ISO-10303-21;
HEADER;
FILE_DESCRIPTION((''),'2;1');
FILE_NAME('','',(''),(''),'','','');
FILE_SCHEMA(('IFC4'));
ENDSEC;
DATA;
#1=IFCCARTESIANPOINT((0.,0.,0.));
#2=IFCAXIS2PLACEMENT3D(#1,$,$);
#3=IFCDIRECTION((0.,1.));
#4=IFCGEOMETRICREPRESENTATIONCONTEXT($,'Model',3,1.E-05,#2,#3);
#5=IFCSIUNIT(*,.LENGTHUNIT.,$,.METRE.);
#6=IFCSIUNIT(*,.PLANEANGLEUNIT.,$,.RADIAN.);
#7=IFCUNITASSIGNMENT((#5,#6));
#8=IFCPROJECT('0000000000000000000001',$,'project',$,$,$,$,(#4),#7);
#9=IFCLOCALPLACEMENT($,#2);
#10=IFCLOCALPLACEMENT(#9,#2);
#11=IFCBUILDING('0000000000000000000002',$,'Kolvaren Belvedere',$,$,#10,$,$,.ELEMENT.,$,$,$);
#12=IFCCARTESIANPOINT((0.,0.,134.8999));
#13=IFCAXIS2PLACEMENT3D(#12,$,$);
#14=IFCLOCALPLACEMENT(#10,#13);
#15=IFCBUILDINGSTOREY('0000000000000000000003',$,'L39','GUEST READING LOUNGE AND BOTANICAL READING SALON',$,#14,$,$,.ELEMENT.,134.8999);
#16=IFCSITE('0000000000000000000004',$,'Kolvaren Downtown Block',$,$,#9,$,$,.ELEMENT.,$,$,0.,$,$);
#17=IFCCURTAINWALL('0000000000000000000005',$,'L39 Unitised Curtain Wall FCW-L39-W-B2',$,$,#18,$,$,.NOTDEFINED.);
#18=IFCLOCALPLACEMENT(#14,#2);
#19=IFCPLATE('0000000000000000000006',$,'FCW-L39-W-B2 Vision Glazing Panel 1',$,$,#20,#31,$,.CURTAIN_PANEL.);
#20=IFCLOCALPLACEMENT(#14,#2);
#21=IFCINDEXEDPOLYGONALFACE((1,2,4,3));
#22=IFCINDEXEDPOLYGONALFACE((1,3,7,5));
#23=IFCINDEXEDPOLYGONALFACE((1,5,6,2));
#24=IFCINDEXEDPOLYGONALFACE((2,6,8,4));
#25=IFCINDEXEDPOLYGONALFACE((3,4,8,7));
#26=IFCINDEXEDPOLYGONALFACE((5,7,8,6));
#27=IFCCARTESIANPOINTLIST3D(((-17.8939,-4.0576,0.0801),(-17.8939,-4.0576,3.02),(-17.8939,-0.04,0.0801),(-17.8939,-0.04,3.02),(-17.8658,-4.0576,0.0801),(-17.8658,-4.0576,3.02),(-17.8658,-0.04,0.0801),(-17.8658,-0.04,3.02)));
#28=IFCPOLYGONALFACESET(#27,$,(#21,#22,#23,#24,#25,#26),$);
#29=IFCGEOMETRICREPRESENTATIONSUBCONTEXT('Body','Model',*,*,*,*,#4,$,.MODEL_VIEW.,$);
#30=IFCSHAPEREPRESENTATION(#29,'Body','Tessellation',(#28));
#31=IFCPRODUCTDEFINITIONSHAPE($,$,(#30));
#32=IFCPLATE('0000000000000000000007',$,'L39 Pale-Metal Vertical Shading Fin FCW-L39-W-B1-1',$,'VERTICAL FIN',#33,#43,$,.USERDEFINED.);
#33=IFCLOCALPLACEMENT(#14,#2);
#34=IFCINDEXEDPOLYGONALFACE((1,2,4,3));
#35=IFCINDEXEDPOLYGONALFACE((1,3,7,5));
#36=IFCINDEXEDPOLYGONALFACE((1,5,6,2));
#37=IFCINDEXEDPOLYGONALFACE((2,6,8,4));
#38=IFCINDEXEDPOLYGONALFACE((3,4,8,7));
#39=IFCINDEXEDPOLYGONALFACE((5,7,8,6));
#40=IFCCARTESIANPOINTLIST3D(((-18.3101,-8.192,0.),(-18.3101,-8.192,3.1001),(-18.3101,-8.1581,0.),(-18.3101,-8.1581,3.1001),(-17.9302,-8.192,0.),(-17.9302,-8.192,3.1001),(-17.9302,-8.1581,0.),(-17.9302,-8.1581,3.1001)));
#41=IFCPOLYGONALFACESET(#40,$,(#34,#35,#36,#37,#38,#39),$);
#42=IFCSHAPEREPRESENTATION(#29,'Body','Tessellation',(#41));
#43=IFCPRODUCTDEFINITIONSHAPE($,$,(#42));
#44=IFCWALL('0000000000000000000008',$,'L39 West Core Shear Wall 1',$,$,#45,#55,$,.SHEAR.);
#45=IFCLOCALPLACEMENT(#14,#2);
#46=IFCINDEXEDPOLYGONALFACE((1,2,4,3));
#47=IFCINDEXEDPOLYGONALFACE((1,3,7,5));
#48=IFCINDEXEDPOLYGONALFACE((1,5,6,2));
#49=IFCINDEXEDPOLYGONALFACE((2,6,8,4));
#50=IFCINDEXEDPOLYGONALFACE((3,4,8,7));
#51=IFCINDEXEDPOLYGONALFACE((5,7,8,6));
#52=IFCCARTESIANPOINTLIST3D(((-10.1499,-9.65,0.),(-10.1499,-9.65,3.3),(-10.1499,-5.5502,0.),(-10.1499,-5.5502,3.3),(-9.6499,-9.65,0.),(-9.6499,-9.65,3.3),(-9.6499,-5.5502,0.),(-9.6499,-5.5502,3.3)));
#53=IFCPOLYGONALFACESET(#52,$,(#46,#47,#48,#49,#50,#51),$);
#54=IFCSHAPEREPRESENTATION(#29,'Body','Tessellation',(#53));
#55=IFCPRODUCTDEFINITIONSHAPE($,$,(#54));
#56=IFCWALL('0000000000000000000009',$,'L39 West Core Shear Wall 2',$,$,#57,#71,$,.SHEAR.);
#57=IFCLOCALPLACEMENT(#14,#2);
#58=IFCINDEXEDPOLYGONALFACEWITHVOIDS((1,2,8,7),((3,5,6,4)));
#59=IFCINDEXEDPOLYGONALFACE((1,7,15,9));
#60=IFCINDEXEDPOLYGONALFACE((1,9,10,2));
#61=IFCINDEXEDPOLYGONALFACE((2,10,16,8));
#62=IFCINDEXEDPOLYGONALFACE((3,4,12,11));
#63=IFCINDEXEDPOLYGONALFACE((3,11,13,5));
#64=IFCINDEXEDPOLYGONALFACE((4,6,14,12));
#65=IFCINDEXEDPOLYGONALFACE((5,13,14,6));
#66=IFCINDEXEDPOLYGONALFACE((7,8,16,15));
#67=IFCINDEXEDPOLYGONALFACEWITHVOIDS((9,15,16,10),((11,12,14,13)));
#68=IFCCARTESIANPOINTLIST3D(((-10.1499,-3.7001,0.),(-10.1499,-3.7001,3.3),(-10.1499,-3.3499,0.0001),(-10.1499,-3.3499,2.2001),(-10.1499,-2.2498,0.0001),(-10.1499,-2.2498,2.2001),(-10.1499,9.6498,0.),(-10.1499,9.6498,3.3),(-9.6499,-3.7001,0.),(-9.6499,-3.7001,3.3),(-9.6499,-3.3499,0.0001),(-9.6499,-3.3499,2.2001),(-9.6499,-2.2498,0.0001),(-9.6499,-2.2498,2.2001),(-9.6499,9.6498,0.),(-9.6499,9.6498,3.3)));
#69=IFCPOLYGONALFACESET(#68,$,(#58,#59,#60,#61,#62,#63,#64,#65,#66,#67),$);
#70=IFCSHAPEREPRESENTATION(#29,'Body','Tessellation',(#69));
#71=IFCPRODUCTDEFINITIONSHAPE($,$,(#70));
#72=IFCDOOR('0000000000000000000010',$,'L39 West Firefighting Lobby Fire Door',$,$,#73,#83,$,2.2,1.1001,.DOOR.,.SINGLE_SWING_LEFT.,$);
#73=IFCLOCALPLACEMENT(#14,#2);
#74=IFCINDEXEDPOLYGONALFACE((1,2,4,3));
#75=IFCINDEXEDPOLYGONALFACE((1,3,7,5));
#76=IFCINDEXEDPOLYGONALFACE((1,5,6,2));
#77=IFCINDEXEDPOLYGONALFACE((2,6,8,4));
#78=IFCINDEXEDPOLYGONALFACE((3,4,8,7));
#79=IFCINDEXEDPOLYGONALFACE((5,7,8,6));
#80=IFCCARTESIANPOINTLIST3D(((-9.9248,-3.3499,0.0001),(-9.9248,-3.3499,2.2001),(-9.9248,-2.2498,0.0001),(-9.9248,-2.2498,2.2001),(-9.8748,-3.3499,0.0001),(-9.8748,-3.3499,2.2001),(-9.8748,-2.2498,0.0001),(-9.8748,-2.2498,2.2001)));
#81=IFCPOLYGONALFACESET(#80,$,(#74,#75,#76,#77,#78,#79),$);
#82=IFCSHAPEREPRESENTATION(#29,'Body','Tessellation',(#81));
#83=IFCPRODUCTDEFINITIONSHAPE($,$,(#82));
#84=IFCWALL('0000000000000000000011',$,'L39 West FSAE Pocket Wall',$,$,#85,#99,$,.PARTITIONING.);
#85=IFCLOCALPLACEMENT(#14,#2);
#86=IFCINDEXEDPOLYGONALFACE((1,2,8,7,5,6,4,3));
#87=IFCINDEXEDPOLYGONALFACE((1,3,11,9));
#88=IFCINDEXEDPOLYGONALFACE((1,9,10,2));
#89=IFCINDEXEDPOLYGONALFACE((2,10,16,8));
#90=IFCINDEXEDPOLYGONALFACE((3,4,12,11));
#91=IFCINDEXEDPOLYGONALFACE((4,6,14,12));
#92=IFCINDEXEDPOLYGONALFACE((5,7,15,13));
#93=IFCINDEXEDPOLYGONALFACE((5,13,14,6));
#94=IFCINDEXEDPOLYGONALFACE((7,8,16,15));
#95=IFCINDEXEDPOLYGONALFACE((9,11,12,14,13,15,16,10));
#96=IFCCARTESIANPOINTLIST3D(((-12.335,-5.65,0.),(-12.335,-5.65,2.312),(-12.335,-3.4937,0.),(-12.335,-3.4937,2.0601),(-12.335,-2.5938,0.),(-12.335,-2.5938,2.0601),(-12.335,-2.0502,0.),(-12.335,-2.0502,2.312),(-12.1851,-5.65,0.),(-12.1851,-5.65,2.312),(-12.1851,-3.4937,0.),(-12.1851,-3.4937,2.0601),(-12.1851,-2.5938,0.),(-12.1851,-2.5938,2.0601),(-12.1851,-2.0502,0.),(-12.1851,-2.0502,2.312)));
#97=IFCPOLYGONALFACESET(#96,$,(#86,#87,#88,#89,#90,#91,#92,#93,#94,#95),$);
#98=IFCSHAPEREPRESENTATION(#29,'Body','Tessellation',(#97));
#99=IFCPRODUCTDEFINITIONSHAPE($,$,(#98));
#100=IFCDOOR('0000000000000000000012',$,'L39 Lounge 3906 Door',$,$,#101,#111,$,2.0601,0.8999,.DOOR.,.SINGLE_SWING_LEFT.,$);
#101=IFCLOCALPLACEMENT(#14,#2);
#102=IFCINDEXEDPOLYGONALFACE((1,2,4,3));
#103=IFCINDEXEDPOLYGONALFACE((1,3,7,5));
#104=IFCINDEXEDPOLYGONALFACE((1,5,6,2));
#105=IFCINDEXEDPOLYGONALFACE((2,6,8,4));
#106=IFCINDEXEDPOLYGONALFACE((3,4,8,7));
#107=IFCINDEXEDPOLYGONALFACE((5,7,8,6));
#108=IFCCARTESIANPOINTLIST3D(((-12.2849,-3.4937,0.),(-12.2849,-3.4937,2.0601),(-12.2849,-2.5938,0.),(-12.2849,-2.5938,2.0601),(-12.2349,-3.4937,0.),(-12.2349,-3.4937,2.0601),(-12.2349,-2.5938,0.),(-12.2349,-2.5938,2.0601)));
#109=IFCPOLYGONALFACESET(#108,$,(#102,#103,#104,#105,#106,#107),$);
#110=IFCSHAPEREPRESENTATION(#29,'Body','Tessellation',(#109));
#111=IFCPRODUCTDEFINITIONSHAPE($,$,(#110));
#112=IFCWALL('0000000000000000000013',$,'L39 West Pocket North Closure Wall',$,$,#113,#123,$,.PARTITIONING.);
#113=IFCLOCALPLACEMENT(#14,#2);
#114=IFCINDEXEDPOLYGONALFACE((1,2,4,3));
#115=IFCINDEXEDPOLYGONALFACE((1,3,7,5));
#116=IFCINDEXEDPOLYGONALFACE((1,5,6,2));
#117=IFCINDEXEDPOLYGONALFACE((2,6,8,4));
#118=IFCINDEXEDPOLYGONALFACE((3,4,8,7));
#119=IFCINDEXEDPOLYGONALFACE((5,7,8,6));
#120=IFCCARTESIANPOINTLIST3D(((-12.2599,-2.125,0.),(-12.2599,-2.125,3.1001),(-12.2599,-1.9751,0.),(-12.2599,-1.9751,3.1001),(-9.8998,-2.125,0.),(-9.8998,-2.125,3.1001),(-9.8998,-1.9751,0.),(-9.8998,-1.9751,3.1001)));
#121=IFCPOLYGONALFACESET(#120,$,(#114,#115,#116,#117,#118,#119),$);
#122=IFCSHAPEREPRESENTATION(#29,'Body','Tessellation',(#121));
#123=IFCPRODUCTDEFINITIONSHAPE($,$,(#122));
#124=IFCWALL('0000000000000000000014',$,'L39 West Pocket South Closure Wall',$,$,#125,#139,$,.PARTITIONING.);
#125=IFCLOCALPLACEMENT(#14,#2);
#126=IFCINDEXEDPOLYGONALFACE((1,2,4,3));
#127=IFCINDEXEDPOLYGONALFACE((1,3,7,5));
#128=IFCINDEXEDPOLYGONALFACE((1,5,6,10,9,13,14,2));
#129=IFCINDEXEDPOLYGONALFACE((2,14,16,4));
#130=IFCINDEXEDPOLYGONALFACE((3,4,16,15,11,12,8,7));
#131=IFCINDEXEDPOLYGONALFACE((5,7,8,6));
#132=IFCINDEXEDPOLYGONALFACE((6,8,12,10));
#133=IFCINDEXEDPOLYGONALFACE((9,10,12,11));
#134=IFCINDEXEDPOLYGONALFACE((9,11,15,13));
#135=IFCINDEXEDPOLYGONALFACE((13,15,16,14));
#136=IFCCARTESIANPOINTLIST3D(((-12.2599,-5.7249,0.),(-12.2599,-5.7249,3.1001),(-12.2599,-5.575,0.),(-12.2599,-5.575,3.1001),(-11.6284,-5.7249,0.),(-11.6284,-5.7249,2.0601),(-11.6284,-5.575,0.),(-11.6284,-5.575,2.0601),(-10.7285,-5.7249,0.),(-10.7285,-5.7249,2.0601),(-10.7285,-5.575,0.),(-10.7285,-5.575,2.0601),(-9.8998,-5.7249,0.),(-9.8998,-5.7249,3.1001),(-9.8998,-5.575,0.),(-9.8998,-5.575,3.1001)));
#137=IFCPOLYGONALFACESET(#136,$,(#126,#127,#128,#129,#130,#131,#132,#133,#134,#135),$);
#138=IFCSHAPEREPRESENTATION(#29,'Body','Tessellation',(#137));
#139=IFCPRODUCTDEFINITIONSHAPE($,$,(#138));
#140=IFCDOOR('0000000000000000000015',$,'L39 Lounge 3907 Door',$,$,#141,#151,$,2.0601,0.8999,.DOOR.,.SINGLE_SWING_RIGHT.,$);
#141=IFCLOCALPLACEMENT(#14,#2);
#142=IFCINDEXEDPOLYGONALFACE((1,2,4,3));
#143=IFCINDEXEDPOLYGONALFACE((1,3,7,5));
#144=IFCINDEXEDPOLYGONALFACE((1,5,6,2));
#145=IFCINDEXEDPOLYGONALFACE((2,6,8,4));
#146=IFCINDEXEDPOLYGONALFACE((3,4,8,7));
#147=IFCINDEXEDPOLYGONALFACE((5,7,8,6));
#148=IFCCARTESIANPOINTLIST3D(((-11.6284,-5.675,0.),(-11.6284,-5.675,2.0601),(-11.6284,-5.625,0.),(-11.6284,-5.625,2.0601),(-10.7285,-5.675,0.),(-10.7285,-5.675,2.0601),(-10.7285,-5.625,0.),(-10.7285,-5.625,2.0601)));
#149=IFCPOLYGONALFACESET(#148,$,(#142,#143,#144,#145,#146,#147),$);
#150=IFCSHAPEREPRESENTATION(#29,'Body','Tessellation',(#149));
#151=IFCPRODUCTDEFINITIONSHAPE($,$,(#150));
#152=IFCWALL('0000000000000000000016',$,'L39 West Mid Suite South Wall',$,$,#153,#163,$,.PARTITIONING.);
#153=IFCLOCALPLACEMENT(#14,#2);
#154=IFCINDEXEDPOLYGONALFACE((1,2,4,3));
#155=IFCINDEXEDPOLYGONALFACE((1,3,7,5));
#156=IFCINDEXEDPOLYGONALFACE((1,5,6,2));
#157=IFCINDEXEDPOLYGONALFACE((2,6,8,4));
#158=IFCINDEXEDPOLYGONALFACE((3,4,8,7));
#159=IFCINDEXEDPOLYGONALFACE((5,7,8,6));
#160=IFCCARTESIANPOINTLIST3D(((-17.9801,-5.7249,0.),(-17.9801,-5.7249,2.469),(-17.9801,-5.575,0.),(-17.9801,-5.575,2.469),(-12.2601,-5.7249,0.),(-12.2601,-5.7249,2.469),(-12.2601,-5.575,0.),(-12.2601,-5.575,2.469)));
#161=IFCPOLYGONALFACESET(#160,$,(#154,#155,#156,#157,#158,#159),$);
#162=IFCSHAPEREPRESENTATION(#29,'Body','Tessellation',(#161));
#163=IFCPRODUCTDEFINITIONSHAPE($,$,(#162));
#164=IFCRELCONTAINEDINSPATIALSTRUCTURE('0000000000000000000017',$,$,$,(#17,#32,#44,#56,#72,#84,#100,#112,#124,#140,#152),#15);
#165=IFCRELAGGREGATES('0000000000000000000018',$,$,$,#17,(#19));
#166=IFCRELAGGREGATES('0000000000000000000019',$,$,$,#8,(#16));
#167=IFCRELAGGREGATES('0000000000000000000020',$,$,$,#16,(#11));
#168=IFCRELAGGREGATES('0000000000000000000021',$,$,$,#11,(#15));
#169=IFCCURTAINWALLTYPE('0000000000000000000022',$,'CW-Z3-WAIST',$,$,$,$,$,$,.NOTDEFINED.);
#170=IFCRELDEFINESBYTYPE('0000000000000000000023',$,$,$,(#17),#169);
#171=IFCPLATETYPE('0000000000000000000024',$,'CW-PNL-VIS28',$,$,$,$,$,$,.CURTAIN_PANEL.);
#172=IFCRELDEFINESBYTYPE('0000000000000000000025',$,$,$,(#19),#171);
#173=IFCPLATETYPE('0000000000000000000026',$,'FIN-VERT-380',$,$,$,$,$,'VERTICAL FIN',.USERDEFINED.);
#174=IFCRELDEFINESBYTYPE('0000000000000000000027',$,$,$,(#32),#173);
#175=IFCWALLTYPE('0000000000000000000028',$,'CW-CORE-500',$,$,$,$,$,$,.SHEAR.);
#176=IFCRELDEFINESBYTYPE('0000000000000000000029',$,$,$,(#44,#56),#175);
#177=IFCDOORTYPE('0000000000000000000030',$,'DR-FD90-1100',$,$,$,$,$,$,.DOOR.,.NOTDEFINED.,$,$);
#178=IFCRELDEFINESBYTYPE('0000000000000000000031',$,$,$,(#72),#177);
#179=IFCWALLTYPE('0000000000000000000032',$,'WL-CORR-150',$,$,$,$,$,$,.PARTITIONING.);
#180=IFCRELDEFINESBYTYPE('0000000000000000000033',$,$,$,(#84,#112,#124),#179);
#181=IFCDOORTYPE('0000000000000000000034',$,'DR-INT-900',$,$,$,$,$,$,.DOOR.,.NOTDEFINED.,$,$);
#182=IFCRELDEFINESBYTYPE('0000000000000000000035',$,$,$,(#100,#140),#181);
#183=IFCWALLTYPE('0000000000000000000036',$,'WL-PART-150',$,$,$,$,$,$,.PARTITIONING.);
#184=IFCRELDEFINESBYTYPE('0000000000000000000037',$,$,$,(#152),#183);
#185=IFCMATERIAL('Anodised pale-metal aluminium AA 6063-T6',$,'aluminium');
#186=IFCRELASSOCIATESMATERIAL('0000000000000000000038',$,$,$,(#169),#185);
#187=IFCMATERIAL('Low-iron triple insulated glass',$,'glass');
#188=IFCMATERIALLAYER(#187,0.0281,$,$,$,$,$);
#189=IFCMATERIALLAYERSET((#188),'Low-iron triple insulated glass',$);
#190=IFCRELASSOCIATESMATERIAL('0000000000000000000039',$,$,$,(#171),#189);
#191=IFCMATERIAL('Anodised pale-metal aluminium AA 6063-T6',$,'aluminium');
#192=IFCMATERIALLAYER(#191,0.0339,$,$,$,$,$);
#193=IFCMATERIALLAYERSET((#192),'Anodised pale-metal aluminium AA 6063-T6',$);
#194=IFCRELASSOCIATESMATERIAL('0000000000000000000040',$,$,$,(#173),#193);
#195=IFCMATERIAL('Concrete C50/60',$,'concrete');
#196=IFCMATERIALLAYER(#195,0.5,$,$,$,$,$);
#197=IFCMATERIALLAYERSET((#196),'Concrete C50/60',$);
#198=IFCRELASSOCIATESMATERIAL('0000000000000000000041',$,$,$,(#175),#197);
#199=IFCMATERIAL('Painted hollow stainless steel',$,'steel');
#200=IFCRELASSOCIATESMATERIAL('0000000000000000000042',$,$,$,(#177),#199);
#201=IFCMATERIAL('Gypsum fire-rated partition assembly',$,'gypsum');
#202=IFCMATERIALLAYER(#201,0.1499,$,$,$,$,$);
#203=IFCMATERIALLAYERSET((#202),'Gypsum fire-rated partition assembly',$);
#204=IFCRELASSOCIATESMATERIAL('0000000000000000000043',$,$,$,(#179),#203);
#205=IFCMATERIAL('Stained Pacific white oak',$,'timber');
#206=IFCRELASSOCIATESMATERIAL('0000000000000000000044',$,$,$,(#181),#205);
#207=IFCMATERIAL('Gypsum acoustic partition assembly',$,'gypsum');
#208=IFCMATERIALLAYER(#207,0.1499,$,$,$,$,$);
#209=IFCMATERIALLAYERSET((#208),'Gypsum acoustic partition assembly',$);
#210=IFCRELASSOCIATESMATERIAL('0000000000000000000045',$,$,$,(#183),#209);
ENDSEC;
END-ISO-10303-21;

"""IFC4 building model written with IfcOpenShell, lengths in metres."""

from ifc_helpers import new_model, si_unit, direction, frame, frame_2d, origin, origin_2d, place, context, subcontext, project, spatial, rectangle, extrude, material, layer, layer_set, type_object, element, fill, aggregate, save


model = new_model("IFC4")

# Units and contexts
model_context = context("Model", 3, precision=1e-05, world=origin(), true_north=direction((0.0, 1.0)))
body_context = subcontext(model_context, "Body", "Model", "MODEL_VIEW")
ifc_project = project(units=[si_unit("LENGTHUNIT", "METRE"), si_unit("PLANEANGLEUNIT", "RADIAN")], contexts=[model_context])

# Site, building, storey
site_placement = place(None, origin())
site = spatial("IfcSite", under=ifc_project, at=site_placement, Name="Kolvaren Downtown Block", CompositionType="ELEMENT", RefElevation=0.0)
building_placement = place(site_placement, origin())
building = spatial("IfcBuilding", under=site, at=building_placement, Name="Kolvaren Belvedere", CompositionType="ELEMENT")
storey_placement = place(building_placement, frame((0.0, 0.0, 134.8999)))
storey = spatial("IfcBuildingStorey", under=building, at=storey_placement, Name="L39", Description="GUEST READING LOUNGE AND BOTANICAL READING SALON", CompositionType="ELEMENT", Elevation=134.8999)

# Shared definitions
ifc_material_1 = material(Name="Anodised pale-metal aluminium AA 6063-T6", Category="aluminium")
curtain_wall_type = type_object("IfcCurtainWallType", Name="CW-Z3-WAIST", PredefinedType="NOTDEFINED", material=ifc_material_1)

# Curtain wall
curtain_wall_1_placement = place(storey_placement, origin())
curtain_wall_1 = element("IfcCurtainWall", 1, at=curtain_wall_1_placement, inside=storey, type_object=curtain_wall_type, Name="L39 Unitised Curtain Wall FCW-L39-W-B2", PredefinedType="NOTDEFINED")

# Plates
ifc_material_2 = material(Name="Low-iron triple insulated glass", Category="glass")
ifc_layer_1 = layer(ifc_material_2, 0.0281)
ifc_layer_set_1 = layer_set([ifc_layer_1], Name="Low-iron triple insulated glass")
plate_type_1 = type_object("IfcPlateType", Name="CW-PNL-VIS28", PredefinedType="CURTAIN_PANEL", material=ifc_layer_set_1)
plate_1_placement = place(storey_placement, frame((-17.8799, -2.0488, 0.0801), z_axis=(0.0, 0.0, 1.0), x_axis=(0.0, 1.0, 0.0)))
plate_1 = element("IfcPlate", 2, at=plate_1_placement, type_object=plate_type_1, Name="FCW-L39-W-B2 Vision Glazing Panel 1", PredefinedType="CURTAIN_PANEL", context=body_context, shape_type="SweptSolid", body=[
    extrude(rectangle(XDim=4.0176, YDim=0.0281, at=origin_2d()), origin(), (0.0, 0.0, 1.0), 2.9399),
])
aggregate(curtain_wall_1, [plate_1])
ifc_material_3 = material(Name="Anodised pale-metal aluminium AA 6063-T6", Category="aluminium")
ifc_layer_2 = layer(ifc_material_3, 0.0339)
ifc_layer_set_2 = layer_set([ifc_layer_2], Name="Anodised pale-metal aluminium AA 6063-T6")
plate_type_2 = type_object("IfcPlateType", Name="FIN-VERT-380", ElementType="VERTICAL FIN", PredefinedType="USERDEFINED", material=ifc_layer_set_2)
plate_2_placement = place(storey_placement, frame((-18.1201, -8.175, 0.0), z_axis=(0.0, 0.0, 1.0), x_axis=(1.0, 0.0, 0.0)))
element("IfcPlate", 3, at=plate_2_placement, inside=storey, type_object=plate_type_2, Name="L39 Pale-Metal Vertical Shading Fin FCW-L39-W-B1-1", ObjectType="VERTICAL FIN", PredefinedType="USERDEFINED", context=body_context, shape_type="SweptSolid", body=[
    extrude(rectangle(XDim=0.3799, YDim=0.0339, at=origin_2d()), origin(), (0.0, 0.0, 1.0), 3.1001),
])

# Wall
ifc_material_4 = material(Name="Concrete C50/60", Category="concrete")
ifc_layer_3 = layer(ifc_material_4, 0.5)
ifc_layer_set_3 = layer_set([ifc_layer_3], Name="Concrete C50/60")
wall_type_1 = type_object("IfcWallType", Name="CW-CORE-500", PredefinedType="SHEAR", material=ifc_layer_set_3)
wall_1_placement = place(storey_placement, frame((-9.8999, -9.6499, 0.0), z_axis=(0.0, 0.0, 1.0), x_axis=(0.0, 1.0, 0.0)))
element("IfcWall", 4, at=wall_1_placement, inside=storey, type_object=wall_type_1, Name="L39 West Core Shear Wall 1", PredefinedType="SHEAR", context=body_context, shape_type="SweptSolid", body=[
    extrude(rectangle(XDim=4.0999, YDim=0.5, at=frame_2d((2.0498, 0.0))), origin(), (0.0, 0.0, 1.0), 3.3),
])

# Walls, openings, doors
wall_2_placement = place(storey_placement, frame((-9.8999, -3.7, 0.0), z_axis=(0.0, 0.0, 1.0), x_axis=(0.0, 1.0, 0.0)))
wall_2 = element("IfcWall", 5, at=wall_2_placement, inside=storey, type_object=wall_type_1, Name="L39 West Core Shear Wall 2", PredefinedType="SHEAR", context=body_context, shape_type="SweptSolid", body=[
    extrude(rectangle(XDim=13.3499, YDim=0.5, at=frame_2d((6.6748, 0.0))), origin(), (0.0, 0.0, 1.0), 3.3),
])
opening_1_placement = place(wall_2_placement, frame((0.3501, 0.0, 0.0)))
opening_1 = element("IfcOpeningElement", 6, at=opening_1_placement, cuts=wall_2, PredefinedType="OPENING", context=body_context, shape_type="SweptSolid", body=[
    extrude(rectangle(XDim=1.1001, YDim=2.2, at=frame_2d((0.55, 1.1001))), frame((0.0, 0.26, 0.0), z_axis=(0.0, -1.0, 0.0), x_axis=(1.0, 0.0, 0.0)), (0.0, 0.0, 1.0), 0.52),
])
ifc_material_5 = material(Name="Painted hollow stainless steel", Category="steel")
door_type_1 = type_object("IfcDoorType", Name="DR-FD90-1100", OperationType="NOTDEFINED", PredefinedType="DOOR", material=ifc_material_5)
door_1_placement = place(opening_1_placement, origin())
door_1 = element("IfcDoor", 7, at=door_1_placement, inside=storey, type_object=door_type_1, Name="L39 West Firefighting Lobby Fire Door", OperationType="SINGLE_SWING_LEFT", OverallHeight=2.2, OverallWidth=1.1001, PredefinedType="DOOR", context=body_context, shape_type="SweptSolid", body=[
    extrude(rectangle(XDim=1.1001, YDim=2.2, at=frame_2d((0.55, 1.1001))), frame((0.0, 0.0249, 0.0), z_axis=(0.0, -1.0, 0.0), x_axis=(1.0, 0.0, 0.0)), (0.0, 0.0, 1.0), 0.05),
])
fill(opening_1, door_1)
ifc_material_6 = material(Name="Gypsum fire-rated partition assembly", Category="gypsum")
ifc_layer_4 = layer(ifc_material_6, 0.1499)
ifc_layer_set_4 = layer_set([ifc_layer_4], Name="Gypsum fire-rated partition assembly")
wall_type_2 = type_object("IfcWallType", Name="WL-CORR-150", PredefinedType="PARTITIONING", material=ifc_layer_set_4)
wall_3_placement = place(storey_placement, frame((-12.26, -5.6499, 0.0), z_axis=(0.0, 0.0, 1.0), x_axis=(0.0, 1.0, 0.0)))
wall_3 = element("IfcWall", 8, at=wall_3_placement, inside=storey, type_object=wall_type_2, Name="L39 West FSAE Pocket Wall", PredefinedType="PARTITIONING", context=body_context, shape_type="SweptSolid", body=[
    extrude(rectangle(XDim=3.5999, YDim=0.1499, at=frame_2d((1.7998, 0.0))), origin(), (0.0, 0.0, 1.0), 2.312),
])
opening_2_placement = place(wall_3_placement, frame((2.1562, 0.0, 0.0)))
opening_2 = element("IfcOpeningElement", 9, at=opening_2_placement, cuts=wall_3, PredefinedType="OPENING", context=body_context, shape_type="SweptSolid", body=[
    extrude(rectangle(XDim=0.8999, YDim=2.0601, at=frame_2d((0.45, 1.03))), frame((0.0, 0.085, 0.0), z_axis=(0.0, -1.0, 0.0), x_axis=(1.0, 0.0, 0.0)), (0.0, 0.0, 1.0), 0.1699),
])
ifc_material_7 = material(Name="Stained Pacific white oak", Category="timber")
door_type_2 = type_object("IfcDoorType", Name="DR-INT-900", OperationType="NOTDEFINED", PredefinedType="DOOR", material=ifc_material_7)
door_2_placement = place(opening_2_placement, origin())
door_2 = element("IfcDoor", 10, at=door_2_placement, inside=storey, type_object=door_type_2, Name="L39 Lounge 3906 Door", OperationType="SINGLE_SWING_LEFT", OverallHeight=2.0601, OverallWidth=0.8999, PredefinedType="DOOR", context=body_context, shape_type="SweptSolid", body=[
    extrude(rectangle(XDim=0.8999, YDim=2.0601, at=frame_2d((0.45, 1.03))), frame((0.0, 0.0249, 0.0), z_axis=(0.0, -1.0, 0.0), x_axis=(1.0, 0.0, 0.0)), (0.0, 0.0, 1.0), 0.05),
])
fill(opening_2, door_2)

# Wall
wall_4_placement = place(storey_placement, frame((-12.26, -2.05, 0.0), z_axis=(0.0, 0.0, 1.0), x_axis=(1.0, 0.0, 0.0)))
element("IfcWall", 11, at=wall_4_placement, inside=storey, type_object=wall_type_2, Name="L39 West Pocket North Closure Wall", PredefinedType="PARTITIONING", context=body_context, shape_type="SweptSolid", body=[
    extrude(rectangle(XDim=2.3601, YDim=0.1499, at=frame_2d((1.1802, 0.0))), origin(), (0.0, 0.0, 1.0), 3.1001),
])

# Wall, opening, door
wall_5_placement = place(storey_placement, frame((-12.26, -5.6499, 0.0), z_axis=(0.0, 0.0, 1.0), x_axis=(1.0, 0.0, 0.0)))
wall_5 = element("IfcWall", 12, at=wall_5_placement, inside=storey, type_object=wall_type_2, Name="L39 West Pocket South Closure Wall", PredefinedType="PARTITIONING", context=body_context, shape_type="SweptSolid", body=[
    extrude(rectangle(XDim=2.3601, YDim=0.1499, at=frame_2d((1.1802, 0.0))), origin(), (0.0, 0.0, 1.0), 3.1001),
])
opening_3_placement = place(wall_5_placement, frame((0.6316, 0.0, 0.0)))
opening_3 = element("IfcOpeningElement", 13, at=opening_3_placement, cuts=wall_5, PredefinedType="OPENING", context=body_context, shape_type="SweptSolid", body=[
    extrude(rectangle(XDim=0.8999, YDim=2.0601, at=frame_2d((0.45, 1.03))), frame((0.0, 0.085, 0.0), z_axis=(0.0, -1.0, 0.0), x_axis=(1.0, 0.0, 0.0)), (0.0, 0.0, 1.0), 0.1699),
])
door_3_placement = place(opening_3_placement, origin())
door_3 = element("IfcDoor", 14, at=door_3_placement, inside=storey, type_object=door_type_2, Name="L39 Lounge 3907 Door", OperationType="SINGLE_SWING_RIGHT", OverallHeight=2.0601, OverallWidth=0.8999, PredefinedType="DOOR", context=body_context, shape_type="SweptSolid", body=[
    extrude(rectangle(XDim=0.8999, YDim=2.0601, at=frame_2d((0.45, 1.03))), frame((0.0, 0.0249, 0.0), z_axis=(0.0, -1.0, 0.0), x_axis=(1.0, 0.0, 0.0)), (0.0, 0.0, 1.0), 0.05),
])
fill(opening_3, door_3)

# Wall
ifc_material_8 = material(Name="Gypsum acoustic partition assembly", Category="gypsum")
ifc_layer_5 = layer(ifc_material_8, 0.1499)
ifc_layer_set_5 = layer_set([ifc_layer_5], Name="Gypsum acoustic partition assembly")
wall_type_3 = type_object("IfcWallType", Name="WL-PART-150", PredefinedType="PARTITIONING", material=ifc_layer_set_5)
wall_6_placement = place(storey_placement, frame((-17.98, -5.6499, 0.0), z_axis=(0.0, 0.0, 1.0), x_axis=(1.0, 0.0, 0.0)))
element("IfcWall", 15, at=wall_6_placement, inside=storey, type_object=wall_type_3, Name="L39 West Mid Suite South Wall", PredefinedType="PARTITIONING", context=body_context, shape_type="SweptSolid", body=[
    extrude(rectangle(XDim=5.72, YDim=0.1499, at=frame_2d((2.8599, 0.0))), origin(), (0.0, 0.0, 1.0), 2.469),
])

save(model, "model.ifc")
